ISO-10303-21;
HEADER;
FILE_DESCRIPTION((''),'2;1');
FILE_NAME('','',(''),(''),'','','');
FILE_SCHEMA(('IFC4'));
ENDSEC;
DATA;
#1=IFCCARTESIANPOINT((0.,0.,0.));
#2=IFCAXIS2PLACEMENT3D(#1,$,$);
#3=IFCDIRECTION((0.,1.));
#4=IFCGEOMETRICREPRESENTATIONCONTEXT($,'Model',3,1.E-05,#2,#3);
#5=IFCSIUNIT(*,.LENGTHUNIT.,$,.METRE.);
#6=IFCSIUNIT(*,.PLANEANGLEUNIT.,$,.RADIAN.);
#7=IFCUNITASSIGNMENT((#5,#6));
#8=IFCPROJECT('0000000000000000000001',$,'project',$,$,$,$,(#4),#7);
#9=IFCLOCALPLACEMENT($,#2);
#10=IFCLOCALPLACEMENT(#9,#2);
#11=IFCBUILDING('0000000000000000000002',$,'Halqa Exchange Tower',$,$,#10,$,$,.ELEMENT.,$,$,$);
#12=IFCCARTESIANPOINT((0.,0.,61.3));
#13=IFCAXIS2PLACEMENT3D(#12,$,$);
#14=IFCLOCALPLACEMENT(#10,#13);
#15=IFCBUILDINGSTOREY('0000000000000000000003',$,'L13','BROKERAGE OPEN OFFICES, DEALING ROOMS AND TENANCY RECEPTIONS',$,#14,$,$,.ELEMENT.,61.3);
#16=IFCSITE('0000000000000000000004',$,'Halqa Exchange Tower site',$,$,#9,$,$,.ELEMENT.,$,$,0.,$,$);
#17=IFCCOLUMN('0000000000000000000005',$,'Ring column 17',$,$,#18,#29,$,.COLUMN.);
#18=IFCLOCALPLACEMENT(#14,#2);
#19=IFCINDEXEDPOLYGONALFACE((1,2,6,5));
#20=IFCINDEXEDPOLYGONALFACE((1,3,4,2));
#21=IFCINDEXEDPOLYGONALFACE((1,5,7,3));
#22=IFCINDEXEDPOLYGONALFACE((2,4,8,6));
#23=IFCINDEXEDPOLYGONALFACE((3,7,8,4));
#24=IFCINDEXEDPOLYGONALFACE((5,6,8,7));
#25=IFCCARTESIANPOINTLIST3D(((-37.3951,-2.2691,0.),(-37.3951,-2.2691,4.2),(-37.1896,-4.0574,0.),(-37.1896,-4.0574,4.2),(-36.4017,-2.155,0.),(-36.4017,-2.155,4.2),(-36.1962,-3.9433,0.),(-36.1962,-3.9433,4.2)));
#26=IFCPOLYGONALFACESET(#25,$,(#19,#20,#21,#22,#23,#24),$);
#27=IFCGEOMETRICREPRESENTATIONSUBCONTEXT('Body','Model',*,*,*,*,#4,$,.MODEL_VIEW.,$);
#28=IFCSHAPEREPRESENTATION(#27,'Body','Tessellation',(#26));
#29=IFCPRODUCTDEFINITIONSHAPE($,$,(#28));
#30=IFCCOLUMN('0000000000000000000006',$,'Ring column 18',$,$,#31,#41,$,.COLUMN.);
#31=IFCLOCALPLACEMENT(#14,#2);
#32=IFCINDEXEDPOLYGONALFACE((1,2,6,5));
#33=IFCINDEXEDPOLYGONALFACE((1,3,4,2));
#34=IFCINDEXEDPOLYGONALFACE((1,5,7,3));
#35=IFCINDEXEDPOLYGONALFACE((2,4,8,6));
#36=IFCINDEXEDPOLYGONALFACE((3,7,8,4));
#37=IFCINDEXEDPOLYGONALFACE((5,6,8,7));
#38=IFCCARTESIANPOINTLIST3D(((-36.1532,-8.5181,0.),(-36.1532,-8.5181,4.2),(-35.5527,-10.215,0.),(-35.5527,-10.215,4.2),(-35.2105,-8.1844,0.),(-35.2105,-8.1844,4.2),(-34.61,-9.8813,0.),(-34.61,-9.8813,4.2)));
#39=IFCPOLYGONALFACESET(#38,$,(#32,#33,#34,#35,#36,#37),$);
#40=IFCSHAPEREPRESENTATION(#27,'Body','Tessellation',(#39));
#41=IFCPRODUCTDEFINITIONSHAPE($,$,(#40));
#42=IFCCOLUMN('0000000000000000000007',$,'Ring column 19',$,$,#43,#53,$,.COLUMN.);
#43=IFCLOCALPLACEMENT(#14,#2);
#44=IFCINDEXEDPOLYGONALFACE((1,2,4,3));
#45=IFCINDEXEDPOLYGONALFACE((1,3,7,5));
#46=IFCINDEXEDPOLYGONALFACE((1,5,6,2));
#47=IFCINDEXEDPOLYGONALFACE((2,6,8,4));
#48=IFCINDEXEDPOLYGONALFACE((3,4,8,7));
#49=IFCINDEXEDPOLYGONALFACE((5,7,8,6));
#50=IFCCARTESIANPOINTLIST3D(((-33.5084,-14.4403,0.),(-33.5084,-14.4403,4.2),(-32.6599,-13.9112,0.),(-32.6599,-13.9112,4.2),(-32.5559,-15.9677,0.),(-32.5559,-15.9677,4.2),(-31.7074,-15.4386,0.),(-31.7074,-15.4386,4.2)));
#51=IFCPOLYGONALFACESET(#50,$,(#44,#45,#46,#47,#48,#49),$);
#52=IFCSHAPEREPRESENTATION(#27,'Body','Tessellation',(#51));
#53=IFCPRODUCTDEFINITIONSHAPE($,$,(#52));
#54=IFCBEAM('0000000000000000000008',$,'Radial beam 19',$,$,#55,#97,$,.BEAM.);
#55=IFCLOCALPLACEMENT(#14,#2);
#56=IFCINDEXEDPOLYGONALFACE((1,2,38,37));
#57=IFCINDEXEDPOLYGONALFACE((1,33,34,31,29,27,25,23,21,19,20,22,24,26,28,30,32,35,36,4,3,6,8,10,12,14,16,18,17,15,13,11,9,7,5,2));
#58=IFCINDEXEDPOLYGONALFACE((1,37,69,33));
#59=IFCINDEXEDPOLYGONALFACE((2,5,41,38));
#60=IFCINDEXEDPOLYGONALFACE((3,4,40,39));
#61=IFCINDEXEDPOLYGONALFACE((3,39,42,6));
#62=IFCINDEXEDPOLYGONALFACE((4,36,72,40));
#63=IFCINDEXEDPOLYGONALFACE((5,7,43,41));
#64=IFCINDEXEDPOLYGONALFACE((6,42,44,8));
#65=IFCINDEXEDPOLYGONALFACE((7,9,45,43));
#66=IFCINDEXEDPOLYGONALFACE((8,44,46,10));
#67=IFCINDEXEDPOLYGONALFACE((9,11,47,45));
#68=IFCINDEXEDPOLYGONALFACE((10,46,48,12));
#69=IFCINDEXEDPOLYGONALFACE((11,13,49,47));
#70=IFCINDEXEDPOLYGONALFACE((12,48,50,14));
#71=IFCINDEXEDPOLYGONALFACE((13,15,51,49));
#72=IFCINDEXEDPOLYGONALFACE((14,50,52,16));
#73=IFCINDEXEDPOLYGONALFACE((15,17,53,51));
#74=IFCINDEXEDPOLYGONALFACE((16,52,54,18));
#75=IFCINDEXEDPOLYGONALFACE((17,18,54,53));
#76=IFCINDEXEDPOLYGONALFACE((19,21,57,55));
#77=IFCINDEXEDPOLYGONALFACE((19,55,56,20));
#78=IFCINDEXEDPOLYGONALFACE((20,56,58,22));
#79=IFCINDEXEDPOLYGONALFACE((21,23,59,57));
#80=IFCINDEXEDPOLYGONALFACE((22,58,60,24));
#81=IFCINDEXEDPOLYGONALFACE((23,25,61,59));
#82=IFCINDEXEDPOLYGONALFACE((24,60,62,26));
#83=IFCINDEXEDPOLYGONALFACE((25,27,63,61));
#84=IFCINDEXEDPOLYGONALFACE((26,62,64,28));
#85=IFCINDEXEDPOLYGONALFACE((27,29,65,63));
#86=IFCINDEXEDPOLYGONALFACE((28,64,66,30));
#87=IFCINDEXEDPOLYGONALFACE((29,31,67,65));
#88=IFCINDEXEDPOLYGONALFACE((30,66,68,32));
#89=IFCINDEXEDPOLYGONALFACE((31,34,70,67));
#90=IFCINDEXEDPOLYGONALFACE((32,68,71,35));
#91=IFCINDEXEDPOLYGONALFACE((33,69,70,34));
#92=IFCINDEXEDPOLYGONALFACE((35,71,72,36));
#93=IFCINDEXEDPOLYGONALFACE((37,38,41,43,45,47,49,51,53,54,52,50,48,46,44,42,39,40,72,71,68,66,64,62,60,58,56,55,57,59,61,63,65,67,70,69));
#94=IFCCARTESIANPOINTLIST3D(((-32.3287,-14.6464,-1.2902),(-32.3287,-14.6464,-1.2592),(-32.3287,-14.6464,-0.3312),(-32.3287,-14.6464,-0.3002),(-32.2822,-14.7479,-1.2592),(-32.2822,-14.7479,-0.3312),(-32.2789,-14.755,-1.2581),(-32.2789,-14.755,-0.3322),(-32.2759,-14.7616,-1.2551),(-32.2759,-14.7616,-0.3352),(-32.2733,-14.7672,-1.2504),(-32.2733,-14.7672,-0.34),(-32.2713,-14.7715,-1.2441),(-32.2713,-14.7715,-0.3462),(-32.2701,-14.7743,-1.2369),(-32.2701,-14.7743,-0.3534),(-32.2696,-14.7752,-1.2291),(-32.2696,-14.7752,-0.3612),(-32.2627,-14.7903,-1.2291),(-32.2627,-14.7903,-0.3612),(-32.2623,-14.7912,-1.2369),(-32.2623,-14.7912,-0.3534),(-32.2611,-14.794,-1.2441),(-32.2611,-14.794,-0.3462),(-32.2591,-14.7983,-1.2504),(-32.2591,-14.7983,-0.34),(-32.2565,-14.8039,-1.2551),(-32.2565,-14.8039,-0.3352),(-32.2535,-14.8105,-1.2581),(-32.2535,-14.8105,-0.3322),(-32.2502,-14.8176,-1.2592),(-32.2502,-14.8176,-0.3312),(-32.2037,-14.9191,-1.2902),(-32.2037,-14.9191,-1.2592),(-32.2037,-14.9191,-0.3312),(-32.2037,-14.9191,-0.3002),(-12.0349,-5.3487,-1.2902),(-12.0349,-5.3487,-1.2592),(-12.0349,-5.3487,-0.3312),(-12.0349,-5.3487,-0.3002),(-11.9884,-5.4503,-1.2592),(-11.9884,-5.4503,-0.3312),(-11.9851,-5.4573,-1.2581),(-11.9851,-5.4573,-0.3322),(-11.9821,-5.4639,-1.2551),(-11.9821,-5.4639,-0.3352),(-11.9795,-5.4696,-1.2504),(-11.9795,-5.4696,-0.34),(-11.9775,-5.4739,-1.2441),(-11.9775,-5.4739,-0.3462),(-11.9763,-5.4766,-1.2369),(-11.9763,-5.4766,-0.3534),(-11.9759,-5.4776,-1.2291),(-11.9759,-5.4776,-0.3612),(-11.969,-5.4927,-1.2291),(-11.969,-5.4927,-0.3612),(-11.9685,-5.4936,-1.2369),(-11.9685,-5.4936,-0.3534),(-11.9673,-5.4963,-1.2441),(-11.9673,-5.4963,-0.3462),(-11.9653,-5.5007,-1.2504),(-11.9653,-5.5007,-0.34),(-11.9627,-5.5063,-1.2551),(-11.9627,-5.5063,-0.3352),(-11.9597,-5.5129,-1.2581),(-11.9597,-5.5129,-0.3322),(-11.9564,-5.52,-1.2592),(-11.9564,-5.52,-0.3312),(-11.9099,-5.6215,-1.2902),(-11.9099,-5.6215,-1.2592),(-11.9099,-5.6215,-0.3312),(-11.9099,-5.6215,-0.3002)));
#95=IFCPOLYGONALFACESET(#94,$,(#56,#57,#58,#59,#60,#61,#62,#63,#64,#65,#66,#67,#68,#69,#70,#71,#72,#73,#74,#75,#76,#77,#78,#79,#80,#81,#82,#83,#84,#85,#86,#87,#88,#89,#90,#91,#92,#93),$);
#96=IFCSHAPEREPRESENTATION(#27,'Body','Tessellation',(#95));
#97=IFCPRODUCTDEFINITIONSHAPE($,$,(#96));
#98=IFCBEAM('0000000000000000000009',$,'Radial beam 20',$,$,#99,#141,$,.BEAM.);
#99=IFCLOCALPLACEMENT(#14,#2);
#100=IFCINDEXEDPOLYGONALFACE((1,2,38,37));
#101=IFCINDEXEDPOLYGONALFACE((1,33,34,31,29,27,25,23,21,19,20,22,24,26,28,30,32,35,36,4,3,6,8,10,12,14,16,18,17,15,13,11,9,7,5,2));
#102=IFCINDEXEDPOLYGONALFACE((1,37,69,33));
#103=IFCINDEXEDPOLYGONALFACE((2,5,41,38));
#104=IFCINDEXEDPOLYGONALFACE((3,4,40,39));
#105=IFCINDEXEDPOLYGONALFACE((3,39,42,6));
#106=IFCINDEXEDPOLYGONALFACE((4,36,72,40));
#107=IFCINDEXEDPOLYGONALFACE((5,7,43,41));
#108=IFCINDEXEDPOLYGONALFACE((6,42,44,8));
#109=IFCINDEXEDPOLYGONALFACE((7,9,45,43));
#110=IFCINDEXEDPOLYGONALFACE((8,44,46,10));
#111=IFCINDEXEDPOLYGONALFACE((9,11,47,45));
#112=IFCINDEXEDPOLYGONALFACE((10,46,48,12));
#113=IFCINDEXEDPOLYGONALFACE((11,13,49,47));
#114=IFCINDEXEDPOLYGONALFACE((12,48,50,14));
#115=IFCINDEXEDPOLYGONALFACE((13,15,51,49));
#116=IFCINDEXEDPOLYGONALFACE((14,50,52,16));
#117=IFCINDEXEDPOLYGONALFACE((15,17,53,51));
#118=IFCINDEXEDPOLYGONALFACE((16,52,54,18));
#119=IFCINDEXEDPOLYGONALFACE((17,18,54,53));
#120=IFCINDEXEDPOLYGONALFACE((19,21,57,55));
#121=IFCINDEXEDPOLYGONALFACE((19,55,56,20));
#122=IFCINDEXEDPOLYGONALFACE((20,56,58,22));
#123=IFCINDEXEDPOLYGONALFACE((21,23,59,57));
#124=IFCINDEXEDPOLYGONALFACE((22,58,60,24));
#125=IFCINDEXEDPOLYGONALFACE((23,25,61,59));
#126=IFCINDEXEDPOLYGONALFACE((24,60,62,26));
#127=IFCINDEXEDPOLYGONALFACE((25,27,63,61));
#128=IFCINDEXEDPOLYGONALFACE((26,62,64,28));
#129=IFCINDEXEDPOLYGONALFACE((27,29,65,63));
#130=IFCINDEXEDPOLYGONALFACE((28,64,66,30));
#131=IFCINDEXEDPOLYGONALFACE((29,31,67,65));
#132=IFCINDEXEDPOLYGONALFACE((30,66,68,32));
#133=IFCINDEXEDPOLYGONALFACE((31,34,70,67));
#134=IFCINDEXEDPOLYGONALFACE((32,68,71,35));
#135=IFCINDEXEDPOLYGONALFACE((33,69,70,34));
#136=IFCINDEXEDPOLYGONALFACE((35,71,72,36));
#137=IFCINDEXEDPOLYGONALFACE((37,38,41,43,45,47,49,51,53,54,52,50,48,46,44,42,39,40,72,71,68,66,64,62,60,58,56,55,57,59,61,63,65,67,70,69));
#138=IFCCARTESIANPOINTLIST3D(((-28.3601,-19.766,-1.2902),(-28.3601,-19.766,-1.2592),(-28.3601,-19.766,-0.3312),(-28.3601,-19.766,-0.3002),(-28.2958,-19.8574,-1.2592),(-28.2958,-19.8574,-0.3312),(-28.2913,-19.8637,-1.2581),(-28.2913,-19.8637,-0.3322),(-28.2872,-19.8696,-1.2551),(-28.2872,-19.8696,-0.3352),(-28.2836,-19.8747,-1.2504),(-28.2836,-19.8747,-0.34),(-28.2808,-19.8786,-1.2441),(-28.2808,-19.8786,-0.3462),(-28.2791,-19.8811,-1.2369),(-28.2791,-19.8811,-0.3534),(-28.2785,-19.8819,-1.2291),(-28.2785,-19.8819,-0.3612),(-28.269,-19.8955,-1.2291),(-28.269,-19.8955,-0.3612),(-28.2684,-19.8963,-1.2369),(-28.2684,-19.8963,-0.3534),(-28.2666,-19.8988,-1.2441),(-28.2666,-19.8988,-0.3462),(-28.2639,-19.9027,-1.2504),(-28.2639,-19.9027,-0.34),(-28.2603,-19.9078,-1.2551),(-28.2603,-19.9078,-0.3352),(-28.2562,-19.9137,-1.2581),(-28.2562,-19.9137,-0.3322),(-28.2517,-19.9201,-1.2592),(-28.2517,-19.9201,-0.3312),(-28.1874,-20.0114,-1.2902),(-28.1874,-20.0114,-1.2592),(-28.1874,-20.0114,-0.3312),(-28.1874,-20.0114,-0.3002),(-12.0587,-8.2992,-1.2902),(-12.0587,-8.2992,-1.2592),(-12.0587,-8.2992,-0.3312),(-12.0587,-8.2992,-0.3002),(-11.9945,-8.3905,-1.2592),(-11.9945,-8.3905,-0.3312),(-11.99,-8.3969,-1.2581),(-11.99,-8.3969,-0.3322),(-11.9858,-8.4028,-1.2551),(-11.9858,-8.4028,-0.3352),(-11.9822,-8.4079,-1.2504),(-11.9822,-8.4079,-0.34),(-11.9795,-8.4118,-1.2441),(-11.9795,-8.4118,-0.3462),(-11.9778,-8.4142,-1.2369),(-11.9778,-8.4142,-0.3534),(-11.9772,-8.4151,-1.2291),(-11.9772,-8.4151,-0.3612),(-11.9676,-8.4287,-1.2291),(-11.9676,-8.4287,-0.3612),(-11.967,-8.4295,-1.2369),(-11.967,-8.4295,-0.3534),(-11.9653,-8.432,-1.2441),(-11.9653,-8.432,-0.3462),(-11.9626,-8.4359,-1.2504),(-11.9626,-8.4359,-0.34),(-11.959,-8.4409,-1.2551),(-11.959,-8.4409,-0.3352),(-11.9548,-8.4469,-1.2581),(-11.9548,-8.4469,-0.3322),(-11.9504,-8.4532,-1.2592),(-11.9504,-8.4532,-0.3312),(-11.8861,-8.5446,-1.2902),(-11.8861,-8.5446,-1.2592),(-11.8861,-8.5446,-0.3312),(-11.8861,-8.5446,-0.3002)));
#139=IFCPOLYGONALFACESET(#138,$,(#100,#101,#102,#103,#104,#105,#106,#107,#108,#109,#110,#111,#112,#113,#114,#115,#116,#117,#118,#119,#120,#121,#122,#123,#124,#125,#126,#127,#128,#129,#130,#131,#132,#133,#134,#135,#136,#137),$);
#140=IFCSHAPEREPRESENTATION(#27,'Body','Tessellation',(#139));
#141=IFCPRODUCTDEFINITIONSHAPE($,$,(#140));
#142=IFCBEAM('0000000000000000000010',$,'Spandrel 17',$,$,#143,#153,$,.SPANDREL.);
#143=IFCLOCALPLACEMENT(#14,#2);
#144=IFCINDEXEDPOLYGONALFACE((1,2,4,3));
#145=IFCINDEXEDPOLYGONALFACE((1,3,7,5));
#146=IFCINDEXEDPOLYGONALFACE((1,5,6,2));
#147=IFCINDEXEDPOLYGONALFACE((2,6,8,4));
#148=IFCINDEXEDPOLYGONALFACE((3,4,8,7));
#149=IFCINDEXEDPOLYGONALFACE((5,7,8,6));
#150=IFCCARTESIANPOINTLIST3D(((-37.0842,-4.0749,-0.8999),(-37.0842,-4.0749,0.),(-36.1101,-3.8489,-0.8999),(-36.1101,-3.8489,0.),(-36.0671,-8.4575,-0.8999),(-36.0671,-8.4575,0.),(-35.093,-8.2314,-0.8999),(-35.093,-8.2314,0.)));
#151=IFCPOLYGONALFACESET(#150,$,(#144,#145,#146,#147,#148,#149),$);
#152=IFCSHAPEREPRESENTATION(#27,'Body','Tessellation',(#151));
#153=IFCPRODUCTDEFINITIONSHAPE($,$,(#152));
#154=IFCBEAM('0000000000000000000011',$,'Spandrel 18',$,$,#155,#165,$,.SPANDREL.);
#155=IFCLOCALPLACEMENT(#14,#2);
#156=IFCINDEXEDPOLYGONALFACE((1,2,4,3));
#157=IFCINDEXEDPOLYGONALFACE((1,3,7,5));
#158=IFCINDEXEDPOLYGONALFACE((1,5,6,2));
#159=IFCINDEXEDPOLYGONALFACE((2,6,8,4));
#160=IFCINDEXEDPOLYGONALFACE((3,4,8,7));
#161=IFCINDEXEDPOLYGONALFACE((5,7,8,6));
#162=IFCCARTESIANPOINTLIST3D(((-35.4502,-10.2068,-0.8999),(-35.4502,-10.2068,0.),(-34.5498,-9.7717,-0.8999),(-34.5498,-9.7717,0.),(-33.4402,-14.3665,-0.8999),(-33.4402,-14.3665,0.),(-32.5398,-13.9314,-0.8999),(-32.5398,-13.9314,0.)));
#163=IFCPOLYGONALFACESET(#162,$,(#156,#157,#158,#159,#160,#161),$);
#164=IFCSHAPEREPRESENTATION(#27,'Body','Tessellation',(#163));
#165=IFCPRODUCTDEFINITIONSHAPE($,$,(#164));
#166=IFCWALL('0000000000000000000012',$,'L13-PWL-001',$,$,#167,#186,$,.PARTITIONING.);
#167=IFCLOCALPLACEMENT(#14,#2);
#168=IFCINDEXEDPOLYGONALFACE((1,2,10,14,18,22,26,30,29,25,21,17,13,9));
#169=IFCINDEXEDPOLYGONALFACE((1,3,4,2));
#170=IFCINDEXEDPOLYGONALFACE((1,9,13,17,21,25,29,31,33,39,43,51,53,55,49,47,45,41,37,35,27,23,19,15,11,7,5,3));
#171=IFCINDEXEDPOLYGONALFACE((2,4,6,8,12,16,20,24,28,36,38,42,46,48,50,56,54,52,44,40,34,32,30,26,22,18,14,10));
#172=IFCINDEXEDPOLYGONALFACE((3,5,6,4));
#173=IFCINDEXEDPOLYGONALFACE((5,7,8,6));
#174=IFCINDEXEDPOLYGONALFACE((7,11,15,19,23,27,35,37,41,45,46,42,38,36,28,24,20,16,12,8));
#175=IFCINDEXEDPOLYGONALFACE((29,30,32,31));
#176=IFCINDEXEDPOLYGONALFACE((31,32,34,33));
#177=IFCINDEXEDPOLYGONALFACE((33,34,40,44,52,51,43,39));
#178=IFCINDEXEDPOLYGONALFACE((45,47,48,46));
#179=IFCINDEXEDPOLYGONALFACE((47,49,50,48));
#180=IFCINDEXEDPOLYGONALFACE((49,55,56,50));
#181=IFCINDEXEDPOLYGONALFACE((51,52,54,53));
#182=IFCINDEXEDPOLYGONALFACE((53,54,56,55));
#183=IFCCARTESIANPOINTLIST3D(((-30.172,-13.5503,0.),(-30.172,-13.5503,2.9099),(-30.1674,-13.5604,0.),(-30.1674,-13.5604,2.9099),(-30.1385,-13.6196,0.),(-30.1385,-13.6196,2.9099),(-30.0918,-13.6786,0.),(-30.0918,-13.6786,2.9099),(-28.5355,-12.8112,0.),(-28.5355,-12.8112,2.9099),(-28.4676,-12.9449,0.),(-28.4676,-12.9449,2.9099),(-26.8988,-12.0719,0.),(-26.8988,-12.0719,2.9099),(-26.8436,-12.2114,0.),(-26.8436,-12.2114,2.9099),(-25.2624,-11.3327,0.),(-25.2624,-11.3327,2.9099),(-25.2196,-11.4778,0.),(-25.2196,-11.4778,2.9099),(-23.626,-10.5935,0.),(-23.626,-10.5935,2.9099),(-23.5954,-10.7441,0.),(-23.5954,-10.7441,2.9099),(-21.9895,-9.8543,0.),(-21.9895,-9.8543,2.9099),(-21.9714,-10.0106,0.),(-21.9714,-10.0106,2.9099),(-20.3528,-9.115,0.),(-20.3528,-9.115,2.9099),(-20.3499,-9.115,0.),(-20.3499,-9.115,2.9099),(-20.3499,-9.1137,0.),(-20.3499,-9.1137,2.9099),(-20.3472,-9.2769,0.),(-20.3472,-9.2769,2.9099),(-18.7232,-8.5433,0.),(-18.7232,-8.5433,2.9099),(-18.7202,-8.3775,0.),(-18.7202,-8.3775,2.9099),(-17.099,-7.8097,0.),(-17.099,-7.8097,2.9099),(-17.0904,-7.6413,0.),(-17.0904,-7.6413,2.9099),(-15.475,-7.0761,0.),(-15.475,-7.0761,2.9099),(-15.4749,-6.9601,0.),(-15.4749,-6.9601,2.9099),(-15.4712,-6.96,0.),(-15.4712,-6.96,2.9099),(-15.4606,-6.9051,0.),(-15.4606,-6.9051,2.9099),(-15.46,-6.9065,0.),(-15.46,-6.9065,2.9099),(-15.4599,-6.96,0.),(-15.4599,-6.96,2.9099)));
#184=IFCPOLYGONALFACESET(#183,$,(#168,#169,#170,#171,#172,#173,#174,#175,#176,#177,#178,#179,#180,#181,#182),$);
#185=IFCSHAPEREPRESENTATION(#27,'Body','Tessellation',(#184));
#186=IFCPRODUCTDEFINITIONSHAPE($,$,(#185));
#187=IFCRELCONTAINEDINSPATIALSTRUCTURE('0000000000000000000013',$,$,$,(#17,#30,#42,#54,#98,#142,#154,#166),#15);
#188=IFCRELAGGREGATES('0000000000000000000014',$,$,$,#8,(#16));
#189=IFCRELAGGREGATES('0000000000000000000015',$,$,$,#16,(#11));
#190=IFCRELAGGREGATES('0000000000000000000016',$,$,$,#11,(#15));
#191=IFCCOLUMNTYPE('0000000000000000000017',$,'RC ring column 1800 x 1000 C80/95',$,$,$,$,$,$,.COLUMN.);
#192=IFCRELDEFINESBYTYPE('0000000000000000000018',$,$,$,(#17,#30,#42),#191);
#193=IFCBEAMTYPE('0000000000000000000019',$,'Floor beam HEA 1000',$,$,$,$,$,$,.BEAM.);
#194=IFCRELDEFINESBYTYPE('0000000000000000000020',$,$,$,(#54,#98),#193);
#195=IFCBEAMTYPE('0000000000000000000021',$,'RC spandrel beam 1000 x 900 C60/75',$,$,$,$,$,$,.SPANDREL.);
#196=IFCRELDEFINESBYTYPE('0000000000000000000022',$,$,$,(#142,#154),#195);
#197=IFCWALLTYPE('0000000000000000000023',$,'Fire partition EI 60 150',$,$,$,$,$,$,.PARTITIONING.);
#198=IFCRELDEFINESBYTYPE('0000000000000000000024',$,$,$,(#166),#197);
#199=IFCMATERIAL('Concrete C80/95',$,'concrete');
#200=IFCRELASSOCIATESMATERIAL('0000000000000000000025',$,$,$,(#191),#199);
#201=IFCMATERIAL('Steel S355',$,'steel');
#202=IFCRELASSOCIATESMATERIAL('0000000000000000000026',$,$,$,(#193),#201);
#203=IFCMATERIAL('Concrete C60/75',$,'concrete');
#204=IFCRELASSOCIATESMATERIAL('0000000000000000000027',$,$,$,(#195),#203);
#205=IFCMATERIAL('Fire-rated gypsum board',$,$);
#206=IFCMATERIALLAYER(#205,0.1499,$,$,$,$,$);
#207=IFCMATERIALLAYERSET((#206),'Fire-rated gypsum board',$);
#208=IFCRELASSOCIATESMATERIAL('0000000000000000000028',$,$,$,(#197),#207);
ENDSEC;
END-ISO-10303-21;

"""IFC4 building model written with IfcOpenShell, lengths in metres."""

from ifc_helpers import new_model, si_unit, direction, frame, origin, origin_2d, place, context, subcontext, project, spatial, polyline, rectangle, i_section, outline, extrude, material, layer, layer_set, material_profile, profile_set, type_object, element, save


model = new_model("IFC4")

# Units and contexts
model_context = context("Model", 3, precision=1e-05, world=origin(), true_north=direction((0.0, 1.0)))
body_context = subcontext(model_context, "Body", "Model", "MODEL_VIEW")
ifc_project = project(units=[si_unit("LENGTHUNIT", "METRE"), si_unit("PLANEANGLEUNIT", "RADIAN")], contexts=[model_context])

# Site, building, storey
site_placement = place(None, origin())
site = spatial("IfcSite", under=ifc_project, at=site_placement, Name="Halqa Exchange Tower site", CompositionType="ELEMENT", RefElevation=0.0)
building_placement = place(site_placement, origin())
building = spatial("IfcBuilding", under=site, at=building_placement, Name="Halqa Exchange Tower", CompositionType="ELEMENT")
storey_placement = place(building_placement, frame((0.0, 0.0, 61.3)))
storey = spatial("IfcBuildingStorey", under=building, at=storey_placement, Name="L13", Description="BROKERAGE OPEN OFFICES, DEALING ROOMS AND TENANCY RECEPTIONS", CompositionType="ELEMENT", Elevation=61.3)

# Columns
ifc_material_1 = material(Name="Concrete C80/95", Category="concrete")
ifc_material_profile_1 = material_profile(ifc_material_1, rectangle(XDim=1.8, YDim=1.0, at=origin_2d()), Name="1800 x 1000")
ifc_profile_set_1 = profile_set([ifc_material_profile_1], Name="Concrete C80/95")
column_type = type_object("IfcColumnType", Name="RC ring column 1800 x 1000 C80/95", PredefinedType="COLUMN", material=ifc_profile_set_1)
for number, where, z_axis, x_axis, name in (
    (1, (-36.7957, -3.1062, 0.0), (0.0, 0.0, 1.0), (0.11416, -0.993462, 0.0), "Ring column 17"),
    (2, (-35.3816, -9.1997, 0.0), (0.0, 0.0, 1.0), (0.333629, -0.942704, 0.0), "Ring column 18"),
    (3, (-32.6079, -14.9395, 0.0), (0.0, 0.0, 1.0), (0.529139, -0.848535, 0.0), "Ring column 19"),
):
    element("IfcColumn", number, at=place(storey_placement, frame(where, z_axis=z_axis, x_axis=x_axis)), inside=storey, type_object=column_type, Name=name, PredefinedType="COLUMN", context=body_context, shape_type="SweptSolid", body=[
        extrude(rectangle(XDim=1.8, YDim=1.0, at=origin_2d()), origin(), (0.0, 0.0, 1.0), 4.2),
    ])

# Beams
ifc_material_2 = material(Name="Steel S355", Category="steel")
ifc_material_profile_2 = material_profile(ifc_material_2, i_section(OverallWidth=0.3, OverallDepth=0.99, WebThickness=0.0166, FlangeThickness=0.031, FilletRadius=0.03, at=origin_2d()), Name="HEA 1000")
ifc_profile_set_2 = profile_set([ifc_material_profile_2], Name="Steel S355")
beam_type_1 = type_object("IfcBeamType", Name="Floor beam HEA 1000", PredefinedType="BEAM", material=ifc_profile_set_2)
beam_1_placement = place(storey_placement, frame((-11.9724, -5.4851, -0.7952), z_axis=(-0.909127, -0.416519, 0.0), x_axis=(0.416519, -0.909127, 0.0)))
element("IfcBeam", 4, at=beam_1_placement, inside=storey, type_object=beam_type_1, Name="Radial beam 19", PredefinedType="BEAM", context=body_context, shape_type="SweptSolid", body=[
    extrude(i_section(OverallWidth=0.3, OverallDepth=0.99, WebThickness=0.0166, FlangeThickness=0.031, FilletRadius=0.03, at=origin_2d()), origin(), (0.0, 0.0, 1.0), 22.3223),
])
beam_2_placement = place(storey_placement, frame((-11.9724, -8.4219, -0.7952), z_axis=(-0.817912, -0.575344, 0.0), x_axis=(0.575344, -0.817912, 0.0)))
element("IfcBeam", 5, at=beam_2_placement, inside=storey, type_object=beam_type_1, Name="Radial beam 20", PredefinedType="BEAM", context=body_context, shape_type="SweptSolid", body=[
    extrude(i_section(OverallWidth=0.3, OverallDepth=0.99, WebThickness=0.0166, FlangeThickness=0.031, FilletRadius=0.03, at=origin_2d()), origin(), (0.0, 0.0, 1.0), 19.9304),
])
ifc_material_3 = material(Name="Concrete C60/75", Category="concrete")
ifc_material_profile_3 = material_profile(ifc_material_3, rectangle(XDim=1.0, YDim=0.8999, at=origin_2d()), Name="1000 x 900")
ifc_profile_set_3 = profile_set([ifc_material_profile_3], Name="Concrete C60/75")
beam_type_2 = type_object("IfcBeamType", Name="RC spandrel beam 1000 x 900 C60/75", PredefinedType="SPANDREL", material=ifc_profile_set_3)
beam_3_placement = place(storey_placement, frame((-36.5972, -3.9619, -0.45), z_axis=(0.226068, -0.974111, 0.0), x_axis=(0.974111, 0.226068, 0.0)))
element("IfcBeam", 6, at=beam_3_placement, inside=storey, type_object=beam_type_2, Name="Spandrel 17", PredefinedType="SPANDREL", context=body_context, shape_type="SweptSolid", body=[
    extrude(rectangle(XDim=1.0, YDim=0.8999, at=origin_2d()), origin(), (0.0, 0.0, 1.0), 4.499),
])
beam_4_placement = place(storey_placement, frame((-35.0, -9.9893, -0.45), z_axis=(0.435082, -0.900391, 0.0), x_axis=(0.900391, 0.435082, 0.0)))
element("IfcBeam", 7, at=beam_4_placement, inside=storey, type_object=beam_type_2, Name="Spandrel 18", PredefinedType="SPANDREL", context=body_context, shape_type="SweptSolid", body=[
    extrude(rectangle(XDim=1.0, YDim=0.8999, at=origin_2d()), origin(), (0.0, 0.0, 1.0), 4.6199),
])

# Wall
ifc_material_4 = material(Name="Fire-rated gypsum board")
ifc_layer_1 = layer(ifc_material_4, 0.1499)
ifc_layer_set_1 = layer_set([ifc_layer_1], Name="Fire-rated gypsum board")
wall_type_1 = type_object("IfcWallType", Name="Fire partition EI 60 150", PredefinedType="PARTITIONING", material=ifc_layer_set_1)
wall_1_placement = place(storey_placement, frame((-30.1411, -13.6187, 0.0), z_axis=(0.0, 0.0, 1.0), x_axis=(0.911338, 0.411658, 0.0)))
element("IfcWall", 8, at=wall_1_placement, inside=storey, type_object=wall_type_1, Name="L13-PWL-001", PredefinedType="PARTITIONING", context=body_context, shape_type="SweptSolid", body=[
    extrude(outline(polyline([(0.0203, -0.075), (1.8025, -0.075), (3.5845, -0.075), (5.3665, -0.075), (7.1487, -0.075), (8.9307, -0.075), (10.7129, -0.075), (12.4949, -0.075), (14.2771, -0.075), (16.0591, -0.075), (16.1069, 0.0308), (16.1104, 0.0293), (16.1104, 0.0293), (16.1206, 0.0247), (16.1426, 0.0735), (16.1426, 0.075), (14.3542, 0.075), (12.5659, 0.075), (10.7776, 0.075), (10.7771, 0.0737), (10.7744, 0.075), (8.9785, 0.075), (7.1829, 0.075), (5.3872, 0.075), (3.5916, 0.075), (1.7957, 0.075), (0.0, 0.075), (0.0, 0.064), (0.002, -0.002), (0.0203, -0.075)])), origin(), (0.0, 0.0, 1.0), 2.9099),
])

save(model, "model.ifc")
